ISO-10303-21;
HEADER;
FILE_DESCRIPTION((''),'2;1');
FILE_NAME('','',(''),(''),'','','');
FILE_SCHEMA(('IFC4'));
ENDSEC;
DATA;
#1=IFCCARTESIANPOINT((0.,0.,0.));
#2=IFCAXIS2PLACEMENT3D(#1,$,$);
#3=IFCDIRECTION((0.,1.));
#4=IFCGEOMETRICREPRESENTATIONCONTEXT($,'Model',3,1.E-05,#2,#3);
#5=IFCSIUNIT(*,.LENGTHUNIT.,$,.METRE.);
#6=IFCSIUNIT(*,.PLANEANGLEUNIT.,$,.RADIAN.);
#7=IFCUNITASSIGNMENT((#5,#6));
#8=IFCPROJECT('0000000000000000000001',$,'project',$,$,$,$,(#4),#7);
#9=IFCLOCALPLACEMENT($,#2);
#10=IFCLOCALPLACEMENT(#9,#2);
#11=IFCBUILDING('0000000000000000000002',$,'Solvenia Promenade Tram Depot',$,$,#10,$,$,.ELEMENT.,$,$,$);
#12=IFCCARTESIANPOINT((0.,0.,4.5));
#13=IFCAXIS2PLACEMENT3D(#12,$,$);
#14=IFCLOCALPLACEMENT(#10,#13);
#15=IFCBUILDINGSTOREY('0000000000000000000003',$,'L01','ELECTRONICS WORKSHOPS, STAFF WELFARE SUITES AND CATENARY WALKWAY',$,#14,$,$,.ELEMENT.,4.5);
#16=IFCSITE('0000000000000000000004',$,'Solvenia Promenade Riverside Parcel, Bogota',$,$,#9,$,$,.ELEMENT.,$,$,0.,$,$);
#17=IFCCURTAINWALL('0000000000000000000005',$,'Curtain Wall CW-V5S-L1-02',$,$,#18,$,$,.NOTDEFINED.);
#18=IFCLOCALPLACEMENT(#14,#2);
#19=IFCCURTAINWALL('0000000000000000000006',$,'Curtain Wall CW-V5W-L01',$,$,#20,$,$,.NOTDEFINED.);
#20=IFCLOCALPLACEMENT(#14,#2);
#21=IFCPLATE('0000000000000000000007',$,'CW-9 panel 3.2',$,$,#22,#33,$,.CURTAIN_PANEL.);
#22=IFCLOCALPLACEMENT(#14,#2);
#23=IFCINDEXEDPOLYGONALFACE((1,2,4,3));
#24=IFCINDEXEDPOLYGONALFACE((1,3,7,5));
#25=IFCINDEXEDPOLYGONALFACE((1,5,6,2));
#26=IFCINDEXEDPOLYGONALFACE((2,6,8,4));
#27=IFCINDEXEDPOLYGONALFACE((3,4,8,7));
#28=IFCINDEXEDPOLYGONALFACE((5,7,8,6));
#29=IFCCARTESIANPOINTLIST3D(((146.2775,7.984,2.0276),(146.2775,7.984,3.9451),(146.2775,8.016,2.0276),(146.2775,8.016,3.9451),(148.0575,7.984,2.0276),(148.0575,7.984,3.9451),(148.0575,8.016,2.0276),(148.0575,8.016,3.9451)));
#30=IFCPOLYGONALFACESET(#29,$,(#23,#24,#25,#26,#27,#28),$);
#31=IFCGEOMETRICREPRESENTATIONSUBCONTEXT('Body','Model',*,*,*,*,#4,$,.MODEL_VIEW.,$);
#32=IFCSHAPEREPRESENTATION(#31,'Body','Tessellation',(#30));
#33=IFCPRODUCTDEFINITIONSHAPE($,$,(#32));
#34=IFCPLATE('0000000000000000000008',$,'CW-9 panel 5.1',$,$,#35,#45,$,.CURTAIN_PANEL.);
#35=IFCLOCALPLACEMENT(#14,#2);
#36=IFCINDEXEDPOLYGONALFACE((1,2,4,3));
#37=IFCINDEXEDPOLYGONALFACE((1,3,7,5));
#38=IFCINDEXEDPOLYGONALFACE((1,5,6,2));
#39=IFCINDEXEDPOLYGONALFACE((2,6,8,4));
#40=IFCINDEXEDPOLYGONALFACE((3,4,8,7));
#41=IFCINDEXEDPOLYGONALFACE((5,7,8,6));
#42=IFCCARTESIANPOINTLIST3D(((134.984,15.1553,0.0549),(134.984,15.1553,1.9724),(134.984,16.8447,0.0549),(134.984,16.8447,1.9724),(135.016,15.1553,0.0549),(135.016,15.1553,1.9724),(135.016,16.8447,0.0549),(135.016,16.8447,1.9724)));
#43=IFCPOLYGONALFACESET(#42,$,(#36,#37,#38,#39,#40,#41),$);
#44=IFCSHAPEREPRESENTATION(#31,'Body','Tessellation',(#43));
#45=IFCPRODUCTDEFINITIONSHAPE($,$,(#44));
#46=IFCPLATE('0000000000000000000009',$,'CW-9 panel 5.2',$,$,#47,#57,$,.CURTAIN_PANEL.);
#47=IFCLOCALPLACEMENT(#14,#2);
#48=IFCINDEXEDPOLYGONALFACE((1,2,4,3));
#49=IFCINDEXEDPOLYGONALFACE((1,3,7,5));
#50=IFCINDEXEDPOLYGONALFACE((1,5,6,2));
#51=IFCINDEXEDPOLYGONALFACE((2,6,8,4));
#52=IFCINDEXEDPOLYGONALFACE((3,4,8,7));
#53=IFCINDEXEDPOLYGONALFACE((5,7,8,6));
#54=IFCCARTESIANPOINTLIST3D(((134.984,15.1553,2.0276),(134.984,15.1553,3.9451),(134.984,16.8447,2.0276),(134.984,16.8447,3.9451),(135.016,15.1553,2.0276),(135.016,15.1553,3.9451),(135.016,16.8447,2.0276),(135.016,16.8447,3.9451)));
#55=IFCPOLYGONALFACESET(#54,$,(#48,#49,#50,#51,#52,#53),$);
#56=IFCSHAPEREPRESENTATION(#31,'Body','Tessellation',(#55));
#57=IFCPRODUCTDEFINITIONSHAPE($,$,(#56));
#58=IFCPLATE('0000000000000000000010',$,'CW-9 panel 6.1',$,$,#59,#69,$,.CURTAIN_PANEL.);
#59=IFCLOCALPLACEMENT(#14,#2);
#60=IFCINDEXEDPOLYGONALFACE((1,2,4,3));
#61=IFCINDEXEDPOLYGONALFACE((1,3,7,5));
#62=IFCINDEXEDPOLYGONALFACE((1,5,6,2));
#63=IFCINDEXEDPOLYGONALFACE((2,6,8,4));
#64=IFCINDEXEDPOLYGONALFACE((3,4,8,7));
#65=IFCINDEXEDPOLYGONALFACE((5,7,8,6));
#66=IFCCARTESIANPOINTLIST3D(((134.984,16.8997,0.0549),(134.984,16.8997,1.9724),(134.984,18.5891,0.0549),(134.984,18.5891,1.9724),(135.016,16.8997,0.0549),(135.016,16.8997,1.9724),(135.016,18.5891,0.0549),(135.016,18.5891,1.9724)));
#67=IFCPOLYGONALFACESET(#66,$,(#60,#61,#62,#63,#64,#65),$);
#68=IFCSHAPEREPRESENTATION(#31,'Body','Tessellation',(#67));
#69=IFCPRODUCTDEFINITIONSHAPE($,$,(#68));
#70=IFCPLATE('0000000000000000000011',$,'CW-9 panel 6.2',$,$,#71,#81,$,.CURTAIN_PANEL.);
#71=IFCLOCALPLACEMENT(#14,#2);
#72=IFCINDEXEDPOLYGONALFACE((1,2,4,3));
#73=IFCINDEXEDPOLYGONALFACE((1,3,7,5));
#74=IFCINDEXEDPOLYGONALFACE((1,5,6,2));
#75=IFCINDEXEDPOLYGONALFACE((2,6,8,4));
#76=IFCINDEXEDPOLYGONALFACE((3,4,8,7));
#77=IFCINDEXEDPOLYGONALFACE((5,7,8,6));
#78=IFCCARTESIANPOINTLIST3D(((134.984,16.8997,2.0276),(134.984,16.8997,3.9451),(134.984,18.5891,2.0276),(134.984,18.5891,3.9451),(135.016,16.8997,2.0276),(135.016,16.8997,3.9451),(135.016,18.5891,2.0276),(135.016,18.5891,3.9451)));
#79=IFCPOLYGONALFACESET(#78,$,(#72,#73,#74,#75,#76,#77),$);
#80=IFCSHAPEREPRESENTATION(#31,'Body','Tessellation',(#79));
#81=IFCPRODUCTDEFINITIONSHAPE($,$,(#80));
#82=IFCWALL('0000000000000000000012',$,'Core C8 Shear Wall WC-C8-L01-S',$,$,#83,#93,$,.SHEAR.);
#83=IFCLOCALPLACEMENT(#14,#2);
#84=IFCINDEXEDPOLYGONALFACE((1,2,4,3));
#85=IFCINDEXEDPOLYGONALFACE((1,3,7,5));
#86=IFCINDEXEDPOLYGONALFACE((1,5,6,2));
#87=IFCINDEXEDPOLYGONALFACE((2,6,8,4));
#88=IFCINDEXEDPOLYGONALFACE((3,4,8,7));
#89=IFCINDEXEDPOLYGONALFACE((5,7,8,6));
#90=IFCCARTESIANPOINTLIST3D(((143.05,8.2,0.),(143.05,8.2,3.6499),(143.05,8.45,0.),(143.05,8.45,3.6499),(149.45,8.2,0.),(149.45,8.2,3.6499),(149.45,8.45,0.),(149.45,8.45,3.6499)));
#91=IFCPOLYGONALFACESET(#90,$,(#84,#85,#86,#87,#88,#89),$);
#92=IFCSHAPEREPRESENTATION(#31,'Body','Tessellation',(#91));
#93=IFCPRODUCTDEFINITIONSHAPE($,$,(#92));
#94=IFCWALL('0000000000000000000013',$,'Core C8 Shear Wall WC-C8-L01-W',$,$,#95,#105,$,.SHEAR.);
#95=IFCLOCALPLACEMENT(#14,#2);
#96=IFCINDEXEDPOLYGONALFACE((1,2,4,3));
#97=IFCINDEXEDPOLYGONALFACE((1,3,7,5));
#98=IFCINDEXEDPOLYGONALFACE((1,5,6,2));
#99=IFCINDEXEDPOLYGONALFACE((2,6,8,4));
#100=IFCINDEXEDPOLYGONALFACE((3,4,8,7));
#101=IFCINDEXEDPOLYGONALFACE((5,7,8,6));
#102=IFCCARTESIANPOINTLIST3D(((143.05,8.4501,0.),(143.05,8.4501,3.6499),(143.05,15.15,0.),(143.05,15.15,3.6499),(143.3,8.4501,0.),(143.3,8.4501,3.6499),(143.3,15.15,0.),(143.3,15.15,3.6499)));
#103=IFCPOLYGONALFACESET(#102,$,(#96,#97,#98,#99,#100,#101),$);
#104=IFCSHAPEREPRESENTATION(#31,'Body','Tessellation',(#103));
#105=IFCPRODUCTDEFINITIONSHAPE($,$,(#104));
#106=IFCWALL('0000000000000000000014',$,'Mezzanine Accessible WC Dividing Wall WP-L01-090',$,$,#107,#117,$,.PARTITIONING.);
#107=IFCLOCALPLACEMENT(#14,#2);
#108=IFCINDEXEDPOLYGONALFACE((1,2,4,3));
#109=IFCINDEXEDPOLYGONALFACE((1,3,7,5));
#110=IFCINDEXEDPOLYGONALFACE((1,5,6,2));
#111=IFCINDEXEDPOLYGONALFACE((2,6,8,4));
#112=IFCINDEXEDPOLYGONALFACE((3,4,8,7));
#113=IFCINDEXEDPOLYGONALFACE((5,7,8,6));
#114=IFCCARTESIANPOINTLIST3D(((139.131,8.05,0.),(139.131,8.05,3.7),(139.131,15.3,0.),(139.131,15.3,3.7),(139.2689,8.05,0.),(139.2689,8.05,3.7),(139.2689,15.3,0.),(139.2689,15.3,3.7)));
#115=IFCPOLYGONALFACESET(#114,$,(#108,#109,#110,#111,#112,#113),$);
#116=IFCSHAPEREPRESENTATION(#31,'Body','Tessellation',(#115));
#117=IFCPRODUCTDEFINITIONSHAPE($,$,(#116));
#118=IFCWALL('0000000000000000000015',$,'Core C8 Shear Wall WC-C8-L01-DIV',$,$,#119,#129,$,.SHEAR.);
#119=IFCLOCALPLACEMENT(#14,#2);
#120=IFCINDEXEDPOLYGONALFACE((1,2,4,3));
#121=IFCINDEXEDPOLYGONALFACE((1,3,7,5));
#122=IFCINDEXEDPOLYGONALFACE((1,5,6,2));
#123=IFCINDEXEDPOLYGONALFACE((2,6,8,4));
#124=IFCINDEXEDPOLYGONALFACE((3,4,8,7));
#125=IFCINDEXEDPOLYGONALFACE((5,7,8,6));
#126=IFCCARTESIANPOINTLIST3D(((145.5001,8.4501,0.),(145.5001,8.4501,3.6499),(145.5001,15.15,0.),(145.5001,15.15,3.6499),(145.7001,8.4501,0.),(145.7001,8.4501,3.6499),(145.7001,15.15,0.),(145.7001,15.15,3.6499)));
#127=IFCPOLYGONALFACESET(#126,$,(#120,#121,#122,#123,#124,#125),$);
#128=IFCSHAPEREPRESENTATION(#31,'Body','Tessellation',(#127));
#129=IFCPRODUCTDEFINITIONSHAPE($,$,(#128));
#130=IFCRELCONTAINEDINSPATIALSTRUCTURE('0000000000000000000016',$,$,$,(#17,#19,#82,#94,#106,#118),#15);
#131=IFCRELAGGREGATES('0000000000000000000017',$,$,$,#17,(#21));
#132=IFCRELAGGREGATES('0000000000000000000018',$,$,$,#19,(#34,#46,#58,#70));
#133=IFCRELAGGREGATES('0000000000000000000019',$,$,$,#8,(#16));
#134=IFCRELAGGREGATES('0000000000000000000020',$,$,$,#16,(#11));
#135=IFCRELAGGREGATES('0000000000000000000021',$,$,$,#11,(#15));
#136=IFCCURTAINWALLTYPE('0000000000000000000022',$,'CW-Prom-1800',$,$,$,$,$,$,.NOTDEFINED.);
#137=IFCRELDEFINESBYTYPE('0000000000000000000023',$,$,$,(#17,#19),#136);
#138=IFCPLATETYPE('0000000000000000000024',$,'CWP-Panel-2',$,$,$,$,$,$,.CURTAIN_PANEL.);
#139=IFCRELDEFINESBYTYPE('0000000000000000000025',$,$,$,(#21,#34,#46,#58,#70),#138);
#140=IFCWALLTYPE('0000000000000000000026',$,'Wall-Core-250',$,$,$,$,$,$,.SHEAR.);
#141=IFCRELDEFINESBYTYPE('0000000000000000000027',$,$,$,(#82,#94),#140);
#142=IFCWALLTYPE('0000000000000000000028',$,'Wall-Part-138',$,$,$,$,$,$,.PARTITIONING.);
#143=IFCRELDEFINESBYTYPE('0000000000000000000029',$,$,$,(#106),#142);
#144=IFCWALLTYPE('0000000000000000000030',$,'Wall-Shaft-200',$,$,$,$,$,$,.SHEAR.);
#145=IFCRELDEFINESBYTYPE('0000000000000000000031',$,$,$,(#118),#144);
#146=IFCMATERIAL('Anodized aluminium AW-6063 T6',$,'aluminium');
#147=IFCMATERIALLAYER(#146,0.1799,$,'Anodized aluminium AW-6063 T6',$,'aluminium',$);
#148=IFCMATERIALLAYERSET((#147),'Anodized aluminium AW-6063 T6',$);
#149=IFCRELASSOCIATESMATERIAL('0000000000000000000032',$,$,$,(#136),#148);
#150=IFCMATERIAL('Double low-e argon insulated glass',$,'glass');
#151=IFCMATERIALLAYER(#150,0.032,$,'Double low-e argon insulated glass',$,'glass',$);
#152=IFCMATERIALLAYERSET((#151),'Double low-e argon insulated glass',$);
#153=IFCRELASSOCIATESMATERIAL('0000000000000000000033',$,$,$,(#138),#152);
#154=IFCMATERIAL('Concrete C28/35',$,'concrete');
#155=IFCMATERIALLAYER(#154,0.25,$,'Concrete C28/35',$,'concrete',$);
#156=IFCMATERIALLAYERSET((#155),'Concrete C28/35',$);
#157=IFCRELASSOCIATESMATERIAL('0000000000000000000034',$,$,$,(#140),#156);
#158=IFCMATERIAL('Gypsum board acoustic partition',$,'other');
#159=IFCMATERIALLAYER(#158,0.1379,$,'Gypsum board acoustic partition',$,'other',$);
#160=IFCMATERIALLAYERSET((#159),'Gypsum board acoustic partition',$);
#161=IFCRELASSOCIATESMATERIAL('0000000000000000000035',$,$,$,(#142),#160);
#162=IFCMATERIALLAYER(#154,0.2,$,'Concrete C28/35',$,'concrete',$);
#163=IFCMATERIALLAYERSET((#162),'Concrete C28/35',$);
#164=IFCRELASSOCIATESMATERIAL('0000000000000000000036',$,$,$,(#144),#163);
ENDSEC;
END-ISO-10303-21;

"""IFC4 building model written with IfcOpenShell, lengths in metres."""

from ifc_helpers import new_model, si_unit, direction, frame, frame_2d, origin, origin_2d, place, context, subcontext, project, spatial, rectangle, extrude, material, layer, layer_set, type_object, element, aggregate, save


model = new_model("IFC4")

# Units and contexts
model_context = context("Model", 3, precision=1e-05, world=origin(), true_north=direction((0.0, 1.0)))
body_context = subcontext(model_context, "Body", "Model", "MODEL_VIEW")
ifc_project = project(units=[si_unit("LENGTHUNIT", "METRE"), si_unit("PLANEANGLEUNIT", "RADIAN")], contexts=[model_context])

# Site, building, storey
site_placement = place(None, origin())
site = spatial("IfcSite", under=ifc_project, at=site_placement, Name="Solvenia Promenade Riverside Parcel, Bogota", CompositionType="ELEMENT", RefElevation=0.0)
building_placement = place(site_placement, origin())
building = spatial("IfcBuilding", under=site, at=building_placement, Name="Solvenia Promenade Tram Depot", CompositionType="ELEMENT")
storey_placement = place(building_placement, frame((0.0, 0.0, 4.5)))
storey = spatial("IfcBuildingStorey", under=building, at=storey_placement, Name="L01", Description="ELECTRONICS WORKSHOPS, STAFF WELFARE SUITES AND CATENARY WALKWAY", CompositionType="ELEMENT", Elevation=4.5)

# Curtain wall
ifc_material_1 = material(Name="Anodized aluminium AW-6063 T6", Category="aluminium")
ifc_layer_1 = layer(ifc_material_1, 0.1799, Name="Anodized aluminium AW-6063 T6", Category="aluminium")
ifc_layer_set_1 = layer_set([ifc_layer_1], Name="Anodized aluminium AW-6063 T6")
curtain_wall_type = type_object("IfcCurtainWallType", Name="CW-Prom-1800", PredefinedType="NOTDEFINED", material=ifc_layer_set_1)
curtain_wall_1_placement = place(storey_placement, origin())
curtain_wall_1 = element("IfcCurtainWall", 1, at=curtain_wall_1_placement, inside=storey, type_object=curtain_wall_type, Name="Curtain Wall CW-V5S-L1-02", PredefinedType="NOTDEFINED")

# Curtain wall
curtain_wall_2_placement = place(storey_placement, origin())
curtain_wall_2 = element("IfcCurtainWall", 2, at=curtain_wall_2_placement, inside=storey, type_object=curtain_wall_type, Name="Curtain Wall CW-V5W-L01", PredefinedType="NOTDEFINED")

# Plates
ifc_material_2 = material(Name="Double low-e argon insulated glass", Category="glass")
ifc_layer_2 = layer(ifc_material_2, 0.032, Name="Double low-e argon insulated glass", Category="glass")
ifc_layer_set_2 = layer_set([ifc_layer_2], Name="Double low-e argon insulated glass")
plate_type = type_object("IfcPlateType", Name="CWP-Panel-2", PredefinedType="CURTAIN_PANEL", material=ifc_layer_set_2)
plate_1_placement = place(storey_placement, frame((147.1675, 8.0, 2.0276), z_axis=(0.0, 0.0, 1.0), x_axis=(1.0, 0.0, 0.0)))
plate_1 = element("IfcPlate", 3, at=plate_1_placement, type_object=plate_type, Name="CW-9 panel 3.2", PredefinedType="CURTAIN_PANEL", context=body_context, shape_type="SweptSolid", body=[
    extrude(rectangle(XDim=1.78, YDim=0.032, at=origin_2d()), origin(), (0.0, 0.0, 1.0), 1.9175),
])
aggregate(curtain_wall_1, [plate_1])
plate_2_placement = place(storey_placement, frame((135.0, 16.0, 0.0549), z_axis=(0.0, 0.0, 1.0), x_axis=(0.0, 1.0, 0.0)))
plate_2 = element("IfcPlate", 4, at=plate_2_placement, type_object=plate_type, Name="CW-9 panel 5.1", PredefinedType="CURTAIN_PANEL", context=body_context, shape_type="SweptSolid", body=[
    extrude(rectangle(XDim=1.6895, YDim=0.032, at=origin_2d()), origin(), (0.0, 0.0, 1.0), 1.9175),
])
plate_3_placement = place(storey_placement, frame((135.0, 16.0, 2.0276), z_axis=(0.0, 0.0, 1.0), x_axis=(0.0, 1.0, 0.0)))
plate_3 = element("IfcPlate", 5, at=plate_3_placement, type_object=plate_type, Name="CW-9 panel 5.2", PredefinedType="CURTAIN_PANEL", context=body_context, shape_type="SweptSolid", body=[
    extrude(rectangle(XDim=1.6895, YDim=0.032, at=origin_2d()), origin(), (0.0, 0.0, 1.0), 1.9175),
])
plate_4_placement = place(storey_placement, frame((135.0, 17.7444, 0.0549), z_axis=(0.0, 0.0, 1.0), x_axis=(0.0, 1.0, 0.0)))
plate_4 = element("IfcPlate", 6, at=plate_4_placement, type_object=plate_type, Name="CW-9 panel 6.1", PredefinedType="CURTAIN_PANEL", context=body_context, shape_type="SweptSolid", body=[
    extrude(rectangle(XDim=1.6895, YDim=0.032, at=origin_2d()), origin(), (0.0, 0.0, 1.0), 1.9175),
])
plate_5_placement = place(storey_placement, frame((135.0, 17.7444, 2.0276), z_axis=(0.0, 0.0, 1.0), x_axis=(0.0, 1.0, 0.0)))
plate_5 = element("IfcPlate", 7, at=plate_5_placement, type_object=plate_type, Name="CW-9 panel 6.2", PredefinedType="CURTAIN_PANEL", context=body_context, shape_type="SweptSolid", body=[
    extrude(rectangle(XDim=1.6895, YDim=0.032, at=origin_2d()), origin(), (0.0, 0.0, 1.0), 1.9175),
])
aggregate(curtain_wall_2, [plate_2, plate_3, plate_4, plate_5])

# Wall
ifc_material_3 = material(Name="Concrete C28/35", Category="concrete")
ifc_layer_3 = layer(ifc_material_3, 0.25, Name="Concrete C28/35", Category="concrete")
ifc_layer_set_3 = layer_set([ifc_layer_3], Name="Concrete C28/35")
wall_type_1 = type_object("IfcWallType", Name="Wall-Core-250", PredefinedType="SHEAR", material=ifc_layer_set_3)
wall_1_placement = place(storey_placement, frame((143.05, 8.325, 0.0), z_axis=(0.0, 0.0, 1.0), x_axis=(1.0, 0.0, 0.0)))
element("IfcWall", 8, at=wall_1_placement, inside=storey, type_object=wall_type_1, Name="Core C8 Shear Wall WC-C8-L01-S", PredefinedType="SHEAR", context=body_context, shape_type="SweptSolid", body=[
    extrude(rectangle(XDim=6.3999, YDim=0.25, at=frame_2d((3.2, 0.0))), origin(), (0.0, 0.0, 1.0), 3.6499),
])

# Wall
wall_2_placement = place(storey_placement, frame((143.175, 8.45, 0.0), z_axis=(0.0, 0.0, 1.0), x_axis=(0.0, 1.0, 0.0)))
element("IfcWall", 9, at=wall_2_placement, inside=storey, type_object=wall_type_1, Name="Core C8 Shear Wall WC-C8-L01-W", PredefinedType="SHEAR", context=body_context, shape_type="SweptSolid", body=[
    extrude(rectangle(XDim=6.7, YDim=0.25, at=frame_2d((3.3501, 0.0))), origin(), (0.0, 0.0, 1.0), 3.6499),
])

# Walls
ifc_material_4 = material(Name="Gypsum board acoustic partition", Category="other")
ifc_layer_4 = layer(ifc_material_4, 0.1379, Name="Gypsum board acoustic partition", Category="other")
ifc_layer_set_4 = layer_set([ifc_layer_4], Name="Gypsum board acoustic partition")
wall_type_2 = type_object("IfcWallType", Name="Wall-Part-138", PredefinedType="PARTITIONING", material=ifc_layer_set_4)
wall_3_placement = place(storey_placement, frame((139.2, 8.05, 0.0), z_axis=(0.0, 0.0, 1.0), x_axis=(0.0, 1.0, 0.0)))
element("IfcWall", 10, at=wall_3_placement, inside=storey, type_object=wall_type_2, Name="Mezzanine Accessible WC Dividing Wall WP-L01-090", PredefinedType="PARTITIONING", context=body_context, shape_type="SweptSolid", body=[
    extrude(rectangle(XDim=7.25, YDim=0.1379, at=frame_2d((3.625, 0.0))), origin(), (0.0, 0.0, 1.0), 3.7),
])
ifc_layer_5 = layer(ifc_material_3, 0.2, Name="Concrete C28/35", Category="concrete")
ifc_layer_set_5 = layer_set([ifc_layer_5], Name="Concrete C28/35")
wall_type_3 = type_object("IfcWallType", Name="Wall-Shaft-200", PredefinedType="SHEAR", material=ifc_layer_set_5)
wall_4_placement = place(storey_placement, frame((145.6001, 8.45, 0.0), z_axis=(0.0, 0.0, 1.0), x_axis=(0.0, 1.0, 0.0)))
element("IfcWall", 11, at=wall_4_placement, inside=storey, type_object=wall_type_3, Name="Core C8 Shear Wall WC-C8-L01-DIV", PredefinedType="SHEAR", context=body_context, shape_type="SweptSolid", body=[
    extrude(rectangle(XDim=6.7, YDim=0.2, at=frame_2d((3.3501, 0.0))), origin(), (0.0, 0.0, 1.0), 3.6499),
])

save(model, "model.ifc")
